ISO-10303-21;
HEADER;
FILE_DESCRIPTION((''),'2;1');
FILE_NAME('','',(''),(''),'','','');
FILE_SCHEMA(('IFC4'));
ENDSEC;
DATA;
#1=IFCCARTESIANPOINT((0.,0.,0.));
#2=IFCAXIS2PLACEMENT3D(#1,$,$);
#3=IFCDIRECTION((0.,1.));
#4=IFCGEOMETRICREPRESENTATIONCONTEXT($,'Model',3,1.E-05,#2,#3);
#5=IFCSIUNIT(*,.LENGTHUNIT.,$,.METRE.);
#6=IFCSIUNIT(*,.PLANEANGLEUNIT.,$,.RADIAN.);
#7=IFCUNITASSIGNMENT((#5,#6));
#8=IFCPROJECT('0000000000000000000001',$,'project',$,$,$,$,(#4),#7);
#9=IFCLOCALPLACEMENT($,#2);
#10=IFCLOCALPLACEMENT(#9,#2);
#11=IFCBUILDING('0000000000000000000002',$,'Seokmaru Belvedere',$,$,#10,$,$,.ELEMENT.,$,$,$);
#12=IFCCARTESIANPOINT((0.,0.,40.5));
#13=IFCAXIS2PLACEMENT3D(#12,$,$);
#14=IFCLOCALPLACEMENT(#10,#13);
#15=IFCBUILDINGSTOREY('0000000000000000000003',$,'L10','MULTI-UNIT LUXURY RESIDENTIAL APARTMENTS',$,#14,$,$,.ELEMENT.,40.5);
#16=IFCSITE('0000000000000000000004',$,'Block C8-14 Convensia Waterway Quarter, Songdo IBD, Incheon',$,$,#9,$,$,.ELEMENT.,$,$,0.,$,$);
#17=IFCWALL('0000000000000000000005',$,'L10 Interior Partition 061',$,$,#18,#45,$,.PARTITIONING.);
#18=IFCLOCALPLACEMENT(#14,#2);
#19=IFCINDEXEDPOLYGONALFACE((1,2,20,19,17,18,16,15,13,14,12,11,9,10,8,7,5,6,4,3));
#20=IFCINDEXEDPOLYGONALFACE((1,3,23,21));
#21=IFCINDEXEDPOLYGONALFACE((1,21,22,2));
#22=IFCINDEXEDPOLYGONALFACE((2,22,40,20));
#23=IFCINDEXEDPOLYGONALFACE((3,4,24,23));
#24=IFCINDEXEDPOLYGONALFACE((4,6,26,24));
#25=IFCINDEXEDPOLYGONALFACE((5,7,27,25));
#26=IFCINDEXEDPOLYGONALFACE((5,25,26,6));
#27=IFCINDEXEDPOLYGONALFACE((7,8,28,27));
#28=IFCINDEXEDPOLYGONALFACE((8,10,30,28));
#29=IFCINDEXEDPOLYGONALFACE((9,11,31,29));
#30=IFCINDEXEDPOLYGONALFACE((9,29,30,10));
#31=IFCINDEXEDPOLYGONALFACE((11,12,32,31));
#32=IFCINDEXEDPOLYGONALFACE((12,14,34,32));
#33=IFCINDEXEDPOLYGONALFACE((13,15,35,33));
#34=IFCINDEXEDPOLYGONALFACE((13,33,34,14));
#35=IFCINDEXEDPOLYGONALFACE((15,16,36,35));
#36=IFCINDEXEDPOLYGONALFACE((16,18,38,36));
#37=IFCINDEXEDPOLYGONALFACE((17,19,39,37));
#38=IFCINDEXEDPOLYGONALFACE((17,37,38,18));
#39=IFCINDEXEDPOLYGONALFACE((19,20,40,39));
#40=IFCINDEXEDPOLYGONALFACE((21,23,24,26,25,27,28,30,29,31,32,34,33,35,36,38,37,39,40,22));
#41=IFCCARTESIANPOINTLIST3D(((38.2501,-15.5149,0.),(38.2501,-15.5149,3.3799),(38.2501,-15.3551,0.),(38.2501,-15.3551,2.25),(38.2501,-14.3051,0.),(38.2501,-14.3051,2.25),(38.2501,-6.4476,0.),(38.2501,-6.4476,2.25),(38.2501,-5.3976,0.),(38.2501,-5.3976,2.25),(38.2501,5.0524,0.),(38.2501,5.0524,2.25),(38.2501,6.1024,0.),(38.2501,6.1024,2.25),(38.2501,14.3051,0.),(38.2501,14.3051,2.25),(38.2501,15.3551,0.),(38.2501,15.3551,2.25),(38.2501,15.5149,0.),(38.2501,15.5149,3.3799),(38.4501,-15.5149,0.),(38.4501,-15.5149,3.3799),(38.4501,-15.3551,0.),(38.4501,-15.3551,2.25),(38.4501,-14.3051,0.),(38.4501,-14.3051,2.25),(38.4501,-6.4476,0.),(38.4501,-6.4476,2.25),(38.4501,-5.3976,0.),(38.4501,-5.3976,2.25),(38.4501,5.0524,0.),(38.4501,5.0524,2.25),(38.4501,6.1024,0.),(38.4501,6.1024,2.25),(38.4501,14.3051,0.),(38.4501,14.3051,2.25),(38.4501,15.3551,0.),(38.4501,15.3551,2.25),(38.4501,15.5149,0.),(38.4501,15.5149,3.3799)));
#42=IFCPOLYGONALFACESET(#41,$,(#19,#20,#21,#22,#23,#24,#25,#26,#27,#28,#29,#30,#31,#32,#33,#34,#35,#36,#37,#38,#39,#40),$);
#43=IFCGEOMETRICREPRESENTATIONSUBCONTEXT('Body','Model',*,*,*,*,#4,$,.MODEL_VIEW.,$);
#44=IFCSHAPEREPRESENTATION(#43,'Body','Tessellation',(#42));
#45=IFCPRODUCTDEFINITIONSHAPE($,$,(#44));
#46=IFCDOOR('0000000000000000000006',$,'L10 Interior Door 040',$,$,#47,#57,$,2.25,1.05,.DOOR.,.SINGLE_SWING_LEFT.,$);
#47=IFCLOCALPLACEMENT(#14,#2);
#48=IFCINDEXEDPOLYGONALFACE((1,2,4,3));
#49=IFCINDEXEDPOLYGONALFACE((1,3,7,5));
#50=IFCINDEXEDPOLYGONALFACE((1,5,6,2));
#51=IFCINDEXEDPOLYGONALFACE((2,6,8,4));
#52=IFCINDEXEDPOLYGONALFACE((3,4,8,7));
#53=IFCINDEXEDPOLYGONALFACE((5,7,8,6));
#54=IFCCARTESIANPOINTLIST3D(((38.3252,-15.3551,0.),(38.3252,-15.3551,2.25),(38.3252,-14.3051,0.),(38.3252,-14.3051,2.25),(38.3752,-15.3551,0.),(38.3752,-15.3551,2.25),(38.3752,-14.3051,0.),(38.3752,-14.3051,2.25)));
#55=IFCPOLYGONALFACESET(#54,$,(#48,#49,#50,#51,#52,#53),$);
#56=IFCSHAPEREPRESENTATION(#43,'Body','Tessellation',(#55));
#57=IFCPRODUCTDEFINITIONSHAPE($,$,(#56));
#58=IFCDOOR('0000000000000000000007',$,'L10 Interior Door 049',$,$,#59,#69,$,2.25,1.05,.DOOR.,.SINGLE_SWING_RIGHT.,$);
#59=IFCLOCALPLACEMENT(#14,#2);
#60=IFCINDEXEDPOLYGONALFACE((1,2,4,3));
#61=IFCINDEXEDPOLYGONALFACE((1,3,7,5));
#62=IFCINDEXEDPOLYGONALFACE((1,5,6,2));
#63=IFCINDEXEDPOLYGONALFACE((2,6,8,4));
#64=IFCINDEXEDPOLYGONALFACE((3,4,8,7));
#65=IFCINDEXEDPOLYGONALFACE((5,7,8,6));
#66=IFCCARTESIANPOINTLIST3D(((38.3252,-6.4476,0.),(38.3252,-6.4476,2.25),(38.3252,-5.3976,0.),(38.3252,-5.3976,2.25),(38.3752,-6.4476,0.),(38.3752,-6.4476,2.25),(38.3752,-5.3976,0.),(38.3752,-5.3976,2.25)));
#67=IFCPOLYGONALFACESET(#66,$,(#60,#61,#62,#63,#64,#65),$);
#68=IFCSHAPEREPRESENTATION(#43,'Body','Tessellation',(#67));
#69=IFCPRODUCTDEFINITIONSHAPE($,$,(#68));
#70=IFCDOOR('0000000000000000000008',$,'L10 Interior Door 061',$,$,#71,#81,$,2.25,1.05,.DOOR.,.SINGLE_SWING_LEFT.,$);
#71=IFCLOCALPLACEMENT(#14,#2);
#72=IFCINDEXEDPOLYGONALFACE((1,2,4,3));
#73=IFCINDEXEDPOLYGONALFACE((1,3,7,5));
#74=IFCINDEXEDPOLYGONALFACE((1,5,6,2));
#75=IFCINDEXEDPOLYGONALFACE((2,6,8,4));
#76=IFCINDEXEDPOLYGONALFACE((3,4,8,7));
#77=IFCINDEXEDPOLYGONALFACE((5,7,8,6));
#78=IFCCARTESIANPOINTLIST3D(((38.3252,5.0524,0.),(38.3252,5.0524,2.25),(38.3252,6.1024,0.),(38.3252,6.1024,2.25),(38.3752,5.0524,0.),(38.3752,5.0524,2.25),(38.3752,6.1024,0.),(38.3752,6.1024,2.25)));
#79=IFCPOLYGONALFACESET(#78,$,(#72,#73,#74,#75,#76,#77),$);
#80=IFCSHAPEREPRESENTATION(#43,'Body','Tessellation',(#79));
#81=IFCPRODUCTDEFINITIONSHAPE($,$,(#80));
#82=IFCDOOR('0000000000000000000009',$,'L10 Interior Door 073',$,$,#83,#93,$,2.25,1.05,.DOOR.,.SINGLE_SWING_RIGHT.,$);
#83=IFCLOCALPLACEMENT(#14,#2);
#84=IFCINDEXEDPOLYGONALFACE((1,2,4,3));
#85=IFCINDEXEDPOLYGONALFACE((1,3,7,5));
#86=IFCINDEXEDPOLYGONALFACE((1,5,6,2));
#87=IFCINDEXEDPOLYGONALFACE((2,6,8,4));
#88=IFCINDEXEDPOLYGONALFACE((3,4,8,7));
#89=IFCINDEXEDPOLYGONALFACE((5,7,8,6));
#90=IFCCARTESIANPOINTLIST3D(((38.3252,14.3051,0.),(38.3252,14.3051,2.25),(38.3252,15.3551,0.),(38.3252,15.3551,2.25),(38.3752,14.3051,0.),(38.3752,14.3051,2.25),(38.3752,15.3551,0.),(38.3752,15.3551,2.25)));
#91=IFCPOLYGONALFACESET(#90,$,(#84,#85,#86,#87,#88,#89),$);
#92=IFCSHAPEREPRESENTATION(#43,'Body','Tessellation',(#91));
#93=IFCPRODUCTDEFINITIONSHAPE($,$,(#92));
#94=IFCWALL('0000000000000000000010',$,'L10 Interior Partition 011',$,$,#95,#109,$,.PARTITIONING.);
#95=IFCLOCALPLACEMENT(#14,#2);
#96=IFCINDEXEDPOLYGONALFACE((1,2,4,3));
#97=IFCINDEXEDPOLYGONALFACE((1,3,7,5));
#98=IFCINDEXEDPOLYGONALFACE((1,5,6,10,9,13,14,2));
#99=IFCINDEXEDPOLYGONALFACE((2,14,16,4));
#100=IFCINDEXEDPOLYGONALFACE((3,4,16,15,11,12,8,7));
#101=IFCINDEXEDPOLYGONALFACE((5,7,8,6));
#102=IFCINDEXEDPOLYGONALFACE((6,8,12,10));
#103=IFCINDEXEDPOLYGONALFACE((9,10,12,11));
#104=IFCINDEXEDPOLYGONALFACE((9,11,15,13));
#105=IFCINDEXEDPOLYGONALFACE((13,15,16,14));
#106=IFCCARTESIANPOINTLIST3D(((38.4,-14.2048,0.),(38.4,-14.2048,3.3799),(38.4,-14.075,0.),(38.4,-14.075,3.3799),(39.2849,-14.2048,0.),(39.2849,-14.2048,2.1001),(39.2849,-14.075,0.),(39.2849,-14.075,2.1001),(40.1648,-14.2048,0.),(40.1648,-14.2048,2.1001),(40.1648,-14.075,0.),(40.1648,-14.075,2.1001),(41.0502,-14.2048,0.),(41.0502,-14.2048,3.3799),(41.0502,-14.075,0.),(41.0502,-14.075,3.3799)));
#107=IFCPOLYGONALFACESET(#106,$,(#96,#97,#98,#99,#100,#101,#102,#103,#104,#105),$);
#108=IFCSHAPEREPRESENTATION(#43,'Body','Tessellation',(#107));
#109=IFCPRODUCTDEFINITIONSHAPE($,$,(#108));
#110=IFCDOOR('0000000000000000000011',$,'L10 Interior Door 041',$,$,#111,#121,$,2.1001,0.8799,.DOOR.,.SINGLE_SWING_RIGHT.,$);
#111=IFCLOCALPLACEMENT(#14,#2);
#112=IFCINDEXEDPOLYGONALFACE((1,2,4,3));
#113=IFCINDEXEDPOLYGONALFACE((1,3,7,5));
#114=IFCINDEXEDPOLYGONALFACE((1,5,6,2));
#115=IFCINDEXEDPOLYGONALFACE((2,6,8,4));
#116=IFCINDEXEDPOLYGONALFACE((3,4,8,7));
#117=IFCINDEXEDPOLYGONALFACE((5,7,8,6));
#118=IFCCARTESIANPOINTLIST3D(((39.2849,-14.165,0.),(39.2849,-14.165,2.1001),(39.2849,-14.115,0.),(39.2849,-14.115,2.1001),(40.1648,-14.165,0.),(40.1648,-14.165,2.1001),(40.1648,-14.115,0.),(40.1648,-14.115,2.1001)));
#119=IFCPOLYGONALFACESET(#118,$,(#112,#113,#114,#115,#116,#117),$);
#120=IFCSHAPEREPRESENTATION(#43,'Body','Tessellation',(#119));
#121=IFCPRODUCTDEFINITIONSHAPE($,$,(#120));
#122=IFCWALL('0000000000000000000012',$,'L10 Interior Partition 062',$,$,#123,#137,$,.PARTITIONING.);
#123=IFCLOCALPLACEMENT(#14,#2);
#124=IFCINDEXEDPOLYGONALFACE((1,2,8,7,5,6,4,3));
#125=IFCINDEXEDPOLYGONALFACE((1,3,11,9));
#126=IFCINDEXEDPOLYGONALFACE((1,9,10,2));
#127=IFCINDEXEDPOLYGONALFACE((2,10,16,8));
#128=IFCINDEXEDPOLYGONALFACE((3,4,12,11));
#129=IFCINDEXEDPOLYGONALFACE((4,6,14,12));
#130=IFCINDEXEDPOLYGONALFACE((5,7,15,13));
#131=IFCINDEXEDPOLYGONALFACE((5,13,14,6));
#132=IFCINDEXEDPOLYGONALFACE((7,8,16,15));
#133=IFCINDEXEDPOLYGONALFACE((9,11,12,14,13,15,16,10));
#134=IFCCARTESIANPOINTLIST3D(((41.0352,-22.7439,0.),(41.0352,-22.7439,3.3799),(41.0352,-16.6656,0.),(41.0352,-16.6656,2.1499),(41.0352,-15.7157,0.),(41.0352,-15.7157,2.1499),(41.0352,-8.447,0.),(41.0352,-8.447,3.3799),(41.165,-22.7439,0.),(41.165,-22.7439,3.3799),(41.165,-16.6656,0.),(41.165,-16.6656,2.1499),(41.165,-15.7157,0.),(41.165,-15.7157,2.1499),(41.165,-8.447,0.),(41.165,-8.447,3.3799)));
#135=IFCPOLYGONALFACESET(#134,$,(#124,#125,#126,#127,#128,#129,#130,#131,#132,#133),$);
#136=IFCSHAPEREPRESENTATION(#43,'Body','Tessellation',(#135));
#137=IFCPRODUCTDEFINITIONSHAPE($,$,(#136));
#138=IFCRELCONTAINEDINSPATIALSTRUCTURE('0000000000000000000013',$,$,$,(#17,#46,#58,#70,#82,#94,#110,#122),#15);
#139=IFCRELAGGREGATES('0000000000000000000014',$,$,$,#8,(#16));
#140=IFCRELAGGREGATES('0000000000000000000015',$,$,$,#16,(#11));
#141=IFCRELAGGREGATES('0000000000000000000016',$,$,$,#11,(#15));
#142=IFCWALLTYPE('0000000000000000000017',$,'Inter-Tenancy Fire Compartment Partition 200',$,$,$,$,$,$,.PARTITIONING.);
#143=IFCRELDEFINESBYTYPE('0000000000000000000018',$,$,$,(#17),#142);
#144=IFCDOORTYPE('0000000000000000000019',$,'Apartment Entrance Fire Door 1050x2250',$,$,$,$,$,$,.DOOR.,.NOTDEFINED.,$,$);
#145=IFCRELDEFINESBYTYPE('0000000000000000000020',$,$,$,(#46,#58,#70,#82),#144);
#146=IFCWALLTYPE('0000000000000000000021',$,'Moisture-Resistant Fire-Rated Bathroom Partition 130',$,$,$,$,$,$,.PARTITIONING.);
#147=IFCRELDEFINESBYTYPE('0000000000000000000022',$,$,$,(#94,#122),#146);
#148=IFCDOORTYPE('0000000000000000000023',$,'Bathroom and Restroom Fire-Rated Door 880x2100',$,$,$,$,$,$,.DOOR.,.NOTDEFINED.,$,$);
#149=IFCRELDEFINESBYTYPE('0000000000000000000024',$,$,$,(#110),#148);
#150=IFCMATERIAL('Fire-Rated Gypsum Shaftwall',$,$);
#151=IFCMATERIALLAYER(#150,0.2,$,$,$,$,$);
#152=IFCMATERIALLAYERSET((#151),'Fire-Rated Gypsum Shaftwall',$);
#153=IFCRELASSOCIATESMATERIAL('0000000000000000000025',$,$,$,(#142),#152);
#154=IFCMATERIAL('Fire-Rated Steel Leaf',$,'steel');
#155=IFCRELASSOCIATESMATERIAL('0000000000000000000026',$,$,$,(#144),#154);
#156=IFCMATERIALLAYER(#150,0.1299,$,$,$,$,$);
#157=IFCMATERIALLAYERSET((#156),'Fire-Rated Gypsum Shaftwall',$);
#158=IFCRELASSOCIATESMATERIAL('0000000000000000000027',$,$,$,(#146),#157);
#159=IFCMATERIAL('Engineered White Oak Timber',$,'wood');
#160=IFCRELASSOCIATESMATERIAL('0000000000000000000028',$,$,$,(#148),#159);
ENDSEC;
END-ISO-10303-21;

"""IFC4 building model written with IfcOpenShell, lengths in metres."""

from ifc_helpers import new_model, si_unit, direction, frame, frame_2d, origin, place, context, subcontext, project, spatial, rectangle, extrude, source, transform, mapped, material, layer, layer_set, type_object, type_shapes, element, fill, save


model = new_model("IFC4")

# Units and contexts
model_context = context("Model", 3, precision=1e-05, world=origin(), true_north=direction((0.0, 1.0)))
body_context = subcontext(model_context, "Body", "Model", "MODEL_VIEW")
ifc_project = project(units=[si_unit("LENGTHUNIT", "METRE"), si_unit("PLANEANGLEUNIT", "RADIAN")], contexts=[model_context])

# Site, building, storey
site_placement = place(None, origin())
site = spatial("IfcSite", under=ifc_project, at=site_placement, Name="Block C8-14 Convensia Waterway Quarter, Songdo IBD, Incheon", CompositionType="ELEMENT", RefElevation=0.0)
building_placement = place(site_placement, origin())
building = spatial("IfcBuilding", under=site, at=building_placement, Name="Seokmaru Belvedere", CompositionType="ELEMENT")
storey_placement = place(building_placement, frame((0.0, 0.0, 40.5)))
storey = spatial("IfcBuildingStorey", under=building, at=storey_placement, Name="L10", Description="MULTI-UNIT LUXURY RESIDENTIAL APARTMENTS", CompositionType="ELEMENT", Elevation=40.5)

# Shared definitions
ifc_material_1 = material(Name="Fire-Rated Gypsum Shaftwall")

# Shared definitions
ifc_material_2 = material(Name="Engineered White Oak Timber", Category="wood")

# Wall, openings, doors
ifc_layer_1 = layer(ifc_material_1, 0.2)
ifc_layer_set_1 = layer_set([ifc_layer_1], Name="Fire-Rated Gypsum Shaftwall")
wall_type_1 = type_object("IfcWallType", Name="Inter-Tenancy Fire Compartment Partition 200", PredefinedType="PARTITIONING", material=ifc_layer_set_1)
wall_1_placement = place(storey_placement, frame((38.3501, -15.5149, 0.0), z_axis=(0.0, 0.0, 1.0), x_axis=(0.0, 1.0, 0.0)))
wall_1 = element("IfcWall", 1, at=wall_1_placement, inside=storey, type_object=wall_type_1, Name="L10 Interior Partition 061", PredefinedType="PARTITIONING", context=body_context, shape_type="SweptSolid", body=[
    extrude(rectangle(XDim=31.0298, YDim=0.2, at=frame_2d((15.5149, 0.0))), origin(), (0.0, 0.0, 1.0), 3.3799),
])
opening_1_placement = place(wall_1_placement, frame((0.1599, 0.0, 0.0)))
opening_1 = element("IfcOpeningElement", 2, at=opening_1_placement, cuts=wall_1, PredefinedType="OPENING", context=body_context, shape_type="SweptSolid", body=[
    extrude(rectangle(XDim=1.05, YDim=2.25, at=frame_2d((0.5249, 1.125))), frame((0.0, 0.1099, 0.0), z_axis=(0.0, -1.0, 0.0), x_axis=(1.0, 0.0, 0.0)), (0.0, 0.0, 1.0), 0.22),
])
opening_2_placement = place(wall_1_placement, frame((9.0674, 0.0, 0.0)))
opening_2 = element("IfcOpeningElement", 3, at=opening_2_placement, cuts=wall_1, PredefinedType="OPENING", context=body_context, shape_type="SweptSolid", body=[
    extrude(rectangle(XDim=1.05, YDim=2.25, at=frame_2d((0.5249, 1.125))), frame((0.0, 0.1099, 0.0), z_axis=(0.0, -1.0, 0.0), x_axis=(1.0, 0.0, 0.0)), (0.0, 0.0, 1.0), 0.22),
])
opening_3_placement = place(wall_1_placement, frame((20.5674, 0.0, 0.0)))
opening_3 = element("IfcOpeningElement", 4, at=opening_3_placement, cuts=wall_1, PredefinedType="OPENING", context=body_context, shape_type="SweptSolid", body=[
    extrude(rectangle(XDim=1.05, YDim=2.25, at=frame_2d((0.5249, 1.125))), frame((0.0, 0.1099, 0.0), z_axis=(0.0, -1.0, 0.0), x_axis=(1.0, 0.0, 0.0)), (0.0, 0.0, 1.0), 0.22),
])
opening_4_placement = place(wall_1_placement, frame((29.8201, 0.0, 0.0)))
opening_4 = element("IfcOpeningElement", 5, at=opening_4_placement, cuts=wall_1, PredefinedType="OPENING", context=body_context, shape_type="SweptSolid", body=[
    extrude(rectangle(XDim=1.05, YDim=2.25, at=frame_2d((0.5249, 1.125))), frame((0.0, 0.1099, 0.0), z_axis=(0.0, -1.0, 0.0), x_axis=(1.0, 0.0, 0.0)), (0.0, 0.0, 1.0), 0.22),
])
ifc_material_3 = material(Name="Fire-Rated Steel Leaf", Category="steel")
door_type_1 = type_object("IfcDoorType", Name="Apartment Entrance Fire Door 1050x2250", OperationType="NOTDEFINED", PredefinedType="DOOR", material=ifc_material_3)
shared_shape_1 = source(origin(), body_context, "Body", "SweptSolid", [
    extrude(rectangle(XDim=1.05, YDim=2.25, at=frame_2d((0.5249, 1.125))), frame((0.0, 0.0249, 0.0), z_axis=(0.0, -1.0, 0.0), x_axis=(1.0, 0.0, 0.0)), (0.0, 0.0, 1.0), 0.05),
])
type_shapes(door_type_1, [shared_shape_1])
door_1_placement = place(opening_1_placement, origin())
door_1 = element("IfcDoor", 6, at=door_1_placement, inside=storey, type_object=door_type_1, Name="L10 Interior Door 040", OperationType="SINGLE_SWING_LEFT", OverallHeight=2.25, OverallWidth=1.05, PredefinedType="DOOR", context=body_context, shape_type="MappedRepresentation", body=[
    mapped(shared_shape_1, transform((0.0, 0.0, 0.0), scale=1.0)),
])
fill(opening_1, door_1)
door_2_placement = place(opening_2_placement, origin())
door_2 = element("IfcDoor", 7, at=door_2_placement, inside=storey, type_object=door_type_1, Name="L10 Interior Door 049", OperationType="SINGLE_SWING_RIGHT", OverallHeight=2.25, OverallWidth=1.05, PredefinedType="DOOR", context=body_context, shape_type="MappedRepresentation", body=[
    mapped(shared_shape_1, transform((0.0, 0.0, 0.0), scale=1.0)),
])
fill(opening_2, door_2)
door_3_placement = place(opening_3_placement, origin())
door_3 = element("IfcDoor", 8, at=door_3_placement, inside=storey, type_object=door_type_1, Name="L10 Interior Door 061", OperationType="SINGLE_SWING_LEFT", OverallHeight=2.25, OverallWidth=1.05, PredefinedType="DOOR", context=body_context, shape_type="MappedRepresentation", body=[
    mapped(shared_shape_1, transform((0.0, 0.0, 0.0), scale=1.0)),
])
fill(opening_3, door_3)
door_4_placement = place(opening_4_placement, origin())
door_4 = element("IfcDoor", 9, at=door_4_placement, inside=storey, type_object=door_type_1, Name="L10 Interior Door 073", OperationType="SINGLE_SWING_RIGHT", OverallHeight=2.25, OverallWidth=1.05, PredefinedType="DOOR", context=body_context, shape_type="MappedRepresentation", body=[
    mapped(shared_shape_1, transform((0.0, 0.0, 0.0), scale=1.0)),
])
fill(opening_4, door_4)

# Wall, opening, door
ifc_layer_2 = layer(ifc_material_1, 0.1299)
ifc_layer_set_2 = layer_set([ifc_layer_2], Name="Fire-Rated Gypsum Shaftwall")
wall_type_2 = type_object("IfcWallType", Name="Moisture-Resistant Fire-Rated Bathroom Partition 130", PredefinedType="PARTITIONING", material=ifc_layer_set_2)
wall_2_placement = place(storey_placement, frame((38.3999, -14.1399, 0.0), z_axis=(0.0, 0.0, 1.0), x_axis=(1.0, 0.0, 0.0)))
wall_2 = element("IfcWall", 10, at=wall_2_placement, inside=storey, type_object=wall_type_2, Name="L10 Interior Partition 011", PredefinedType="PARTITIONING", context=body_context, shape_type="SweptSolid", body=[
    extrude(rectangle(XDim=2.6501, YDim=0.1299, at=frame_2d((1.3252, 0.0))), origin(), (0.0, 0.0, 1.0), 3.3799),
])
opening_5_placement = place(wall_2_placement, frame((0.885, 0.0, 0.0)))
opening_5 = element("IfcOpeningElement", 11, at=opening_5_placement, cuts=wall_2, PredefinedType="OPENING", context=body_context, shape_type="SweptSolid", body=[
    extrude(rectangle(XDim=0.8799, YDim=2.1001, at=frame_2d((0.4399, 1.05))), frame((0.0, 0.075, 0.0), z_axis=(0.0, -1.0, 0.0), x_axis=(1.0, 0.0, 0.0)), (0.0, 0.0, 1.0), 0.1499),
])
door_type_2 = type_object("IfcDoorType", Name="Bathroom and Restroom Fire-Rated Door 880x2100", OperationType="NOTDEFINED", PredefinedType="DOOR", material=ifc_material_2)
shared_shape_2 = source(origin(), body_context, "Body", "SweptSolid", [
    extrude(rectangle(XDim=0.8799, YDim=2.1001, at=frame_2d((0.4399, 1.05))), frame((0.0, 0.0249, 0.0), z_axis=(0.0, -1.0, 0.0), x_axis=(1.0, 0.0, 0.0)), (0.0, 0.0, 1.0), 0.05),
])
type_shapes(door_type_2, [shared_shape_2])
door_5_placement = place(opening_5_placement, origin())
door_5 = element("IfcDoor", 12, at=door_5_placement, inside=storey, type_object=door_type_2, Name="L10 Interior Door 041", OperationType="SINGLE_SWING_RIGHT", OverallHeight=2.1001, OverallWidth=0.8799, PredefinedType="DOOR", context=body_context, shape_type="MappedRepresentation", body=[
    mapped(shared_shape_2, transform((0.0, 0.0, 0.0), scale=1.0)),
])
fill(opening_5, door_5)

# Wall, opening
wall_3_placement = place(storey_placement, frame((41.1001, -22.7439, 0.0), z_axis=(0.0, 0.0, 1.0), x_axis=(0.0, 1.0, 0.0)))
wall_3 = element("IfcWall", 13, at=wall_3_placement, inside=storey, type_object=wall_type_2, Name="L10 Interior Partition 062", PredefinedType="PARTITIONING", context=body_context, shape_type="SweptSolid", body=[
    extrude(rectangle(XDim=14.2969, YDim=0.1299, at=frame_2d((7.1484, 0.0))), origin(), (0.0, 0.0, 1.0), 3.3799),
])
opening_6_placement = place(wall_3_placement, frame((6.0781, 0.0, 0.0)))
element("IfcOpeningElement", 14, at=opening_6_placement, cuts=wall_3, PredefinedType="OPENING", context=body_context, shape_type="SweptSolid", body=[
    extrude(rectangle(XDim=0.95, YDim=2.1499, at=frame_2d((0.4751, 1.075))), frame((0.0, 0.075, 0.0), z_axis=(0.0, -1.0, 0.0), x_axis=(1.0, 0.0, 0.0)), (0.0, 0.0, 1.0), 0.1499),
])

save(model, "model.ifc")
